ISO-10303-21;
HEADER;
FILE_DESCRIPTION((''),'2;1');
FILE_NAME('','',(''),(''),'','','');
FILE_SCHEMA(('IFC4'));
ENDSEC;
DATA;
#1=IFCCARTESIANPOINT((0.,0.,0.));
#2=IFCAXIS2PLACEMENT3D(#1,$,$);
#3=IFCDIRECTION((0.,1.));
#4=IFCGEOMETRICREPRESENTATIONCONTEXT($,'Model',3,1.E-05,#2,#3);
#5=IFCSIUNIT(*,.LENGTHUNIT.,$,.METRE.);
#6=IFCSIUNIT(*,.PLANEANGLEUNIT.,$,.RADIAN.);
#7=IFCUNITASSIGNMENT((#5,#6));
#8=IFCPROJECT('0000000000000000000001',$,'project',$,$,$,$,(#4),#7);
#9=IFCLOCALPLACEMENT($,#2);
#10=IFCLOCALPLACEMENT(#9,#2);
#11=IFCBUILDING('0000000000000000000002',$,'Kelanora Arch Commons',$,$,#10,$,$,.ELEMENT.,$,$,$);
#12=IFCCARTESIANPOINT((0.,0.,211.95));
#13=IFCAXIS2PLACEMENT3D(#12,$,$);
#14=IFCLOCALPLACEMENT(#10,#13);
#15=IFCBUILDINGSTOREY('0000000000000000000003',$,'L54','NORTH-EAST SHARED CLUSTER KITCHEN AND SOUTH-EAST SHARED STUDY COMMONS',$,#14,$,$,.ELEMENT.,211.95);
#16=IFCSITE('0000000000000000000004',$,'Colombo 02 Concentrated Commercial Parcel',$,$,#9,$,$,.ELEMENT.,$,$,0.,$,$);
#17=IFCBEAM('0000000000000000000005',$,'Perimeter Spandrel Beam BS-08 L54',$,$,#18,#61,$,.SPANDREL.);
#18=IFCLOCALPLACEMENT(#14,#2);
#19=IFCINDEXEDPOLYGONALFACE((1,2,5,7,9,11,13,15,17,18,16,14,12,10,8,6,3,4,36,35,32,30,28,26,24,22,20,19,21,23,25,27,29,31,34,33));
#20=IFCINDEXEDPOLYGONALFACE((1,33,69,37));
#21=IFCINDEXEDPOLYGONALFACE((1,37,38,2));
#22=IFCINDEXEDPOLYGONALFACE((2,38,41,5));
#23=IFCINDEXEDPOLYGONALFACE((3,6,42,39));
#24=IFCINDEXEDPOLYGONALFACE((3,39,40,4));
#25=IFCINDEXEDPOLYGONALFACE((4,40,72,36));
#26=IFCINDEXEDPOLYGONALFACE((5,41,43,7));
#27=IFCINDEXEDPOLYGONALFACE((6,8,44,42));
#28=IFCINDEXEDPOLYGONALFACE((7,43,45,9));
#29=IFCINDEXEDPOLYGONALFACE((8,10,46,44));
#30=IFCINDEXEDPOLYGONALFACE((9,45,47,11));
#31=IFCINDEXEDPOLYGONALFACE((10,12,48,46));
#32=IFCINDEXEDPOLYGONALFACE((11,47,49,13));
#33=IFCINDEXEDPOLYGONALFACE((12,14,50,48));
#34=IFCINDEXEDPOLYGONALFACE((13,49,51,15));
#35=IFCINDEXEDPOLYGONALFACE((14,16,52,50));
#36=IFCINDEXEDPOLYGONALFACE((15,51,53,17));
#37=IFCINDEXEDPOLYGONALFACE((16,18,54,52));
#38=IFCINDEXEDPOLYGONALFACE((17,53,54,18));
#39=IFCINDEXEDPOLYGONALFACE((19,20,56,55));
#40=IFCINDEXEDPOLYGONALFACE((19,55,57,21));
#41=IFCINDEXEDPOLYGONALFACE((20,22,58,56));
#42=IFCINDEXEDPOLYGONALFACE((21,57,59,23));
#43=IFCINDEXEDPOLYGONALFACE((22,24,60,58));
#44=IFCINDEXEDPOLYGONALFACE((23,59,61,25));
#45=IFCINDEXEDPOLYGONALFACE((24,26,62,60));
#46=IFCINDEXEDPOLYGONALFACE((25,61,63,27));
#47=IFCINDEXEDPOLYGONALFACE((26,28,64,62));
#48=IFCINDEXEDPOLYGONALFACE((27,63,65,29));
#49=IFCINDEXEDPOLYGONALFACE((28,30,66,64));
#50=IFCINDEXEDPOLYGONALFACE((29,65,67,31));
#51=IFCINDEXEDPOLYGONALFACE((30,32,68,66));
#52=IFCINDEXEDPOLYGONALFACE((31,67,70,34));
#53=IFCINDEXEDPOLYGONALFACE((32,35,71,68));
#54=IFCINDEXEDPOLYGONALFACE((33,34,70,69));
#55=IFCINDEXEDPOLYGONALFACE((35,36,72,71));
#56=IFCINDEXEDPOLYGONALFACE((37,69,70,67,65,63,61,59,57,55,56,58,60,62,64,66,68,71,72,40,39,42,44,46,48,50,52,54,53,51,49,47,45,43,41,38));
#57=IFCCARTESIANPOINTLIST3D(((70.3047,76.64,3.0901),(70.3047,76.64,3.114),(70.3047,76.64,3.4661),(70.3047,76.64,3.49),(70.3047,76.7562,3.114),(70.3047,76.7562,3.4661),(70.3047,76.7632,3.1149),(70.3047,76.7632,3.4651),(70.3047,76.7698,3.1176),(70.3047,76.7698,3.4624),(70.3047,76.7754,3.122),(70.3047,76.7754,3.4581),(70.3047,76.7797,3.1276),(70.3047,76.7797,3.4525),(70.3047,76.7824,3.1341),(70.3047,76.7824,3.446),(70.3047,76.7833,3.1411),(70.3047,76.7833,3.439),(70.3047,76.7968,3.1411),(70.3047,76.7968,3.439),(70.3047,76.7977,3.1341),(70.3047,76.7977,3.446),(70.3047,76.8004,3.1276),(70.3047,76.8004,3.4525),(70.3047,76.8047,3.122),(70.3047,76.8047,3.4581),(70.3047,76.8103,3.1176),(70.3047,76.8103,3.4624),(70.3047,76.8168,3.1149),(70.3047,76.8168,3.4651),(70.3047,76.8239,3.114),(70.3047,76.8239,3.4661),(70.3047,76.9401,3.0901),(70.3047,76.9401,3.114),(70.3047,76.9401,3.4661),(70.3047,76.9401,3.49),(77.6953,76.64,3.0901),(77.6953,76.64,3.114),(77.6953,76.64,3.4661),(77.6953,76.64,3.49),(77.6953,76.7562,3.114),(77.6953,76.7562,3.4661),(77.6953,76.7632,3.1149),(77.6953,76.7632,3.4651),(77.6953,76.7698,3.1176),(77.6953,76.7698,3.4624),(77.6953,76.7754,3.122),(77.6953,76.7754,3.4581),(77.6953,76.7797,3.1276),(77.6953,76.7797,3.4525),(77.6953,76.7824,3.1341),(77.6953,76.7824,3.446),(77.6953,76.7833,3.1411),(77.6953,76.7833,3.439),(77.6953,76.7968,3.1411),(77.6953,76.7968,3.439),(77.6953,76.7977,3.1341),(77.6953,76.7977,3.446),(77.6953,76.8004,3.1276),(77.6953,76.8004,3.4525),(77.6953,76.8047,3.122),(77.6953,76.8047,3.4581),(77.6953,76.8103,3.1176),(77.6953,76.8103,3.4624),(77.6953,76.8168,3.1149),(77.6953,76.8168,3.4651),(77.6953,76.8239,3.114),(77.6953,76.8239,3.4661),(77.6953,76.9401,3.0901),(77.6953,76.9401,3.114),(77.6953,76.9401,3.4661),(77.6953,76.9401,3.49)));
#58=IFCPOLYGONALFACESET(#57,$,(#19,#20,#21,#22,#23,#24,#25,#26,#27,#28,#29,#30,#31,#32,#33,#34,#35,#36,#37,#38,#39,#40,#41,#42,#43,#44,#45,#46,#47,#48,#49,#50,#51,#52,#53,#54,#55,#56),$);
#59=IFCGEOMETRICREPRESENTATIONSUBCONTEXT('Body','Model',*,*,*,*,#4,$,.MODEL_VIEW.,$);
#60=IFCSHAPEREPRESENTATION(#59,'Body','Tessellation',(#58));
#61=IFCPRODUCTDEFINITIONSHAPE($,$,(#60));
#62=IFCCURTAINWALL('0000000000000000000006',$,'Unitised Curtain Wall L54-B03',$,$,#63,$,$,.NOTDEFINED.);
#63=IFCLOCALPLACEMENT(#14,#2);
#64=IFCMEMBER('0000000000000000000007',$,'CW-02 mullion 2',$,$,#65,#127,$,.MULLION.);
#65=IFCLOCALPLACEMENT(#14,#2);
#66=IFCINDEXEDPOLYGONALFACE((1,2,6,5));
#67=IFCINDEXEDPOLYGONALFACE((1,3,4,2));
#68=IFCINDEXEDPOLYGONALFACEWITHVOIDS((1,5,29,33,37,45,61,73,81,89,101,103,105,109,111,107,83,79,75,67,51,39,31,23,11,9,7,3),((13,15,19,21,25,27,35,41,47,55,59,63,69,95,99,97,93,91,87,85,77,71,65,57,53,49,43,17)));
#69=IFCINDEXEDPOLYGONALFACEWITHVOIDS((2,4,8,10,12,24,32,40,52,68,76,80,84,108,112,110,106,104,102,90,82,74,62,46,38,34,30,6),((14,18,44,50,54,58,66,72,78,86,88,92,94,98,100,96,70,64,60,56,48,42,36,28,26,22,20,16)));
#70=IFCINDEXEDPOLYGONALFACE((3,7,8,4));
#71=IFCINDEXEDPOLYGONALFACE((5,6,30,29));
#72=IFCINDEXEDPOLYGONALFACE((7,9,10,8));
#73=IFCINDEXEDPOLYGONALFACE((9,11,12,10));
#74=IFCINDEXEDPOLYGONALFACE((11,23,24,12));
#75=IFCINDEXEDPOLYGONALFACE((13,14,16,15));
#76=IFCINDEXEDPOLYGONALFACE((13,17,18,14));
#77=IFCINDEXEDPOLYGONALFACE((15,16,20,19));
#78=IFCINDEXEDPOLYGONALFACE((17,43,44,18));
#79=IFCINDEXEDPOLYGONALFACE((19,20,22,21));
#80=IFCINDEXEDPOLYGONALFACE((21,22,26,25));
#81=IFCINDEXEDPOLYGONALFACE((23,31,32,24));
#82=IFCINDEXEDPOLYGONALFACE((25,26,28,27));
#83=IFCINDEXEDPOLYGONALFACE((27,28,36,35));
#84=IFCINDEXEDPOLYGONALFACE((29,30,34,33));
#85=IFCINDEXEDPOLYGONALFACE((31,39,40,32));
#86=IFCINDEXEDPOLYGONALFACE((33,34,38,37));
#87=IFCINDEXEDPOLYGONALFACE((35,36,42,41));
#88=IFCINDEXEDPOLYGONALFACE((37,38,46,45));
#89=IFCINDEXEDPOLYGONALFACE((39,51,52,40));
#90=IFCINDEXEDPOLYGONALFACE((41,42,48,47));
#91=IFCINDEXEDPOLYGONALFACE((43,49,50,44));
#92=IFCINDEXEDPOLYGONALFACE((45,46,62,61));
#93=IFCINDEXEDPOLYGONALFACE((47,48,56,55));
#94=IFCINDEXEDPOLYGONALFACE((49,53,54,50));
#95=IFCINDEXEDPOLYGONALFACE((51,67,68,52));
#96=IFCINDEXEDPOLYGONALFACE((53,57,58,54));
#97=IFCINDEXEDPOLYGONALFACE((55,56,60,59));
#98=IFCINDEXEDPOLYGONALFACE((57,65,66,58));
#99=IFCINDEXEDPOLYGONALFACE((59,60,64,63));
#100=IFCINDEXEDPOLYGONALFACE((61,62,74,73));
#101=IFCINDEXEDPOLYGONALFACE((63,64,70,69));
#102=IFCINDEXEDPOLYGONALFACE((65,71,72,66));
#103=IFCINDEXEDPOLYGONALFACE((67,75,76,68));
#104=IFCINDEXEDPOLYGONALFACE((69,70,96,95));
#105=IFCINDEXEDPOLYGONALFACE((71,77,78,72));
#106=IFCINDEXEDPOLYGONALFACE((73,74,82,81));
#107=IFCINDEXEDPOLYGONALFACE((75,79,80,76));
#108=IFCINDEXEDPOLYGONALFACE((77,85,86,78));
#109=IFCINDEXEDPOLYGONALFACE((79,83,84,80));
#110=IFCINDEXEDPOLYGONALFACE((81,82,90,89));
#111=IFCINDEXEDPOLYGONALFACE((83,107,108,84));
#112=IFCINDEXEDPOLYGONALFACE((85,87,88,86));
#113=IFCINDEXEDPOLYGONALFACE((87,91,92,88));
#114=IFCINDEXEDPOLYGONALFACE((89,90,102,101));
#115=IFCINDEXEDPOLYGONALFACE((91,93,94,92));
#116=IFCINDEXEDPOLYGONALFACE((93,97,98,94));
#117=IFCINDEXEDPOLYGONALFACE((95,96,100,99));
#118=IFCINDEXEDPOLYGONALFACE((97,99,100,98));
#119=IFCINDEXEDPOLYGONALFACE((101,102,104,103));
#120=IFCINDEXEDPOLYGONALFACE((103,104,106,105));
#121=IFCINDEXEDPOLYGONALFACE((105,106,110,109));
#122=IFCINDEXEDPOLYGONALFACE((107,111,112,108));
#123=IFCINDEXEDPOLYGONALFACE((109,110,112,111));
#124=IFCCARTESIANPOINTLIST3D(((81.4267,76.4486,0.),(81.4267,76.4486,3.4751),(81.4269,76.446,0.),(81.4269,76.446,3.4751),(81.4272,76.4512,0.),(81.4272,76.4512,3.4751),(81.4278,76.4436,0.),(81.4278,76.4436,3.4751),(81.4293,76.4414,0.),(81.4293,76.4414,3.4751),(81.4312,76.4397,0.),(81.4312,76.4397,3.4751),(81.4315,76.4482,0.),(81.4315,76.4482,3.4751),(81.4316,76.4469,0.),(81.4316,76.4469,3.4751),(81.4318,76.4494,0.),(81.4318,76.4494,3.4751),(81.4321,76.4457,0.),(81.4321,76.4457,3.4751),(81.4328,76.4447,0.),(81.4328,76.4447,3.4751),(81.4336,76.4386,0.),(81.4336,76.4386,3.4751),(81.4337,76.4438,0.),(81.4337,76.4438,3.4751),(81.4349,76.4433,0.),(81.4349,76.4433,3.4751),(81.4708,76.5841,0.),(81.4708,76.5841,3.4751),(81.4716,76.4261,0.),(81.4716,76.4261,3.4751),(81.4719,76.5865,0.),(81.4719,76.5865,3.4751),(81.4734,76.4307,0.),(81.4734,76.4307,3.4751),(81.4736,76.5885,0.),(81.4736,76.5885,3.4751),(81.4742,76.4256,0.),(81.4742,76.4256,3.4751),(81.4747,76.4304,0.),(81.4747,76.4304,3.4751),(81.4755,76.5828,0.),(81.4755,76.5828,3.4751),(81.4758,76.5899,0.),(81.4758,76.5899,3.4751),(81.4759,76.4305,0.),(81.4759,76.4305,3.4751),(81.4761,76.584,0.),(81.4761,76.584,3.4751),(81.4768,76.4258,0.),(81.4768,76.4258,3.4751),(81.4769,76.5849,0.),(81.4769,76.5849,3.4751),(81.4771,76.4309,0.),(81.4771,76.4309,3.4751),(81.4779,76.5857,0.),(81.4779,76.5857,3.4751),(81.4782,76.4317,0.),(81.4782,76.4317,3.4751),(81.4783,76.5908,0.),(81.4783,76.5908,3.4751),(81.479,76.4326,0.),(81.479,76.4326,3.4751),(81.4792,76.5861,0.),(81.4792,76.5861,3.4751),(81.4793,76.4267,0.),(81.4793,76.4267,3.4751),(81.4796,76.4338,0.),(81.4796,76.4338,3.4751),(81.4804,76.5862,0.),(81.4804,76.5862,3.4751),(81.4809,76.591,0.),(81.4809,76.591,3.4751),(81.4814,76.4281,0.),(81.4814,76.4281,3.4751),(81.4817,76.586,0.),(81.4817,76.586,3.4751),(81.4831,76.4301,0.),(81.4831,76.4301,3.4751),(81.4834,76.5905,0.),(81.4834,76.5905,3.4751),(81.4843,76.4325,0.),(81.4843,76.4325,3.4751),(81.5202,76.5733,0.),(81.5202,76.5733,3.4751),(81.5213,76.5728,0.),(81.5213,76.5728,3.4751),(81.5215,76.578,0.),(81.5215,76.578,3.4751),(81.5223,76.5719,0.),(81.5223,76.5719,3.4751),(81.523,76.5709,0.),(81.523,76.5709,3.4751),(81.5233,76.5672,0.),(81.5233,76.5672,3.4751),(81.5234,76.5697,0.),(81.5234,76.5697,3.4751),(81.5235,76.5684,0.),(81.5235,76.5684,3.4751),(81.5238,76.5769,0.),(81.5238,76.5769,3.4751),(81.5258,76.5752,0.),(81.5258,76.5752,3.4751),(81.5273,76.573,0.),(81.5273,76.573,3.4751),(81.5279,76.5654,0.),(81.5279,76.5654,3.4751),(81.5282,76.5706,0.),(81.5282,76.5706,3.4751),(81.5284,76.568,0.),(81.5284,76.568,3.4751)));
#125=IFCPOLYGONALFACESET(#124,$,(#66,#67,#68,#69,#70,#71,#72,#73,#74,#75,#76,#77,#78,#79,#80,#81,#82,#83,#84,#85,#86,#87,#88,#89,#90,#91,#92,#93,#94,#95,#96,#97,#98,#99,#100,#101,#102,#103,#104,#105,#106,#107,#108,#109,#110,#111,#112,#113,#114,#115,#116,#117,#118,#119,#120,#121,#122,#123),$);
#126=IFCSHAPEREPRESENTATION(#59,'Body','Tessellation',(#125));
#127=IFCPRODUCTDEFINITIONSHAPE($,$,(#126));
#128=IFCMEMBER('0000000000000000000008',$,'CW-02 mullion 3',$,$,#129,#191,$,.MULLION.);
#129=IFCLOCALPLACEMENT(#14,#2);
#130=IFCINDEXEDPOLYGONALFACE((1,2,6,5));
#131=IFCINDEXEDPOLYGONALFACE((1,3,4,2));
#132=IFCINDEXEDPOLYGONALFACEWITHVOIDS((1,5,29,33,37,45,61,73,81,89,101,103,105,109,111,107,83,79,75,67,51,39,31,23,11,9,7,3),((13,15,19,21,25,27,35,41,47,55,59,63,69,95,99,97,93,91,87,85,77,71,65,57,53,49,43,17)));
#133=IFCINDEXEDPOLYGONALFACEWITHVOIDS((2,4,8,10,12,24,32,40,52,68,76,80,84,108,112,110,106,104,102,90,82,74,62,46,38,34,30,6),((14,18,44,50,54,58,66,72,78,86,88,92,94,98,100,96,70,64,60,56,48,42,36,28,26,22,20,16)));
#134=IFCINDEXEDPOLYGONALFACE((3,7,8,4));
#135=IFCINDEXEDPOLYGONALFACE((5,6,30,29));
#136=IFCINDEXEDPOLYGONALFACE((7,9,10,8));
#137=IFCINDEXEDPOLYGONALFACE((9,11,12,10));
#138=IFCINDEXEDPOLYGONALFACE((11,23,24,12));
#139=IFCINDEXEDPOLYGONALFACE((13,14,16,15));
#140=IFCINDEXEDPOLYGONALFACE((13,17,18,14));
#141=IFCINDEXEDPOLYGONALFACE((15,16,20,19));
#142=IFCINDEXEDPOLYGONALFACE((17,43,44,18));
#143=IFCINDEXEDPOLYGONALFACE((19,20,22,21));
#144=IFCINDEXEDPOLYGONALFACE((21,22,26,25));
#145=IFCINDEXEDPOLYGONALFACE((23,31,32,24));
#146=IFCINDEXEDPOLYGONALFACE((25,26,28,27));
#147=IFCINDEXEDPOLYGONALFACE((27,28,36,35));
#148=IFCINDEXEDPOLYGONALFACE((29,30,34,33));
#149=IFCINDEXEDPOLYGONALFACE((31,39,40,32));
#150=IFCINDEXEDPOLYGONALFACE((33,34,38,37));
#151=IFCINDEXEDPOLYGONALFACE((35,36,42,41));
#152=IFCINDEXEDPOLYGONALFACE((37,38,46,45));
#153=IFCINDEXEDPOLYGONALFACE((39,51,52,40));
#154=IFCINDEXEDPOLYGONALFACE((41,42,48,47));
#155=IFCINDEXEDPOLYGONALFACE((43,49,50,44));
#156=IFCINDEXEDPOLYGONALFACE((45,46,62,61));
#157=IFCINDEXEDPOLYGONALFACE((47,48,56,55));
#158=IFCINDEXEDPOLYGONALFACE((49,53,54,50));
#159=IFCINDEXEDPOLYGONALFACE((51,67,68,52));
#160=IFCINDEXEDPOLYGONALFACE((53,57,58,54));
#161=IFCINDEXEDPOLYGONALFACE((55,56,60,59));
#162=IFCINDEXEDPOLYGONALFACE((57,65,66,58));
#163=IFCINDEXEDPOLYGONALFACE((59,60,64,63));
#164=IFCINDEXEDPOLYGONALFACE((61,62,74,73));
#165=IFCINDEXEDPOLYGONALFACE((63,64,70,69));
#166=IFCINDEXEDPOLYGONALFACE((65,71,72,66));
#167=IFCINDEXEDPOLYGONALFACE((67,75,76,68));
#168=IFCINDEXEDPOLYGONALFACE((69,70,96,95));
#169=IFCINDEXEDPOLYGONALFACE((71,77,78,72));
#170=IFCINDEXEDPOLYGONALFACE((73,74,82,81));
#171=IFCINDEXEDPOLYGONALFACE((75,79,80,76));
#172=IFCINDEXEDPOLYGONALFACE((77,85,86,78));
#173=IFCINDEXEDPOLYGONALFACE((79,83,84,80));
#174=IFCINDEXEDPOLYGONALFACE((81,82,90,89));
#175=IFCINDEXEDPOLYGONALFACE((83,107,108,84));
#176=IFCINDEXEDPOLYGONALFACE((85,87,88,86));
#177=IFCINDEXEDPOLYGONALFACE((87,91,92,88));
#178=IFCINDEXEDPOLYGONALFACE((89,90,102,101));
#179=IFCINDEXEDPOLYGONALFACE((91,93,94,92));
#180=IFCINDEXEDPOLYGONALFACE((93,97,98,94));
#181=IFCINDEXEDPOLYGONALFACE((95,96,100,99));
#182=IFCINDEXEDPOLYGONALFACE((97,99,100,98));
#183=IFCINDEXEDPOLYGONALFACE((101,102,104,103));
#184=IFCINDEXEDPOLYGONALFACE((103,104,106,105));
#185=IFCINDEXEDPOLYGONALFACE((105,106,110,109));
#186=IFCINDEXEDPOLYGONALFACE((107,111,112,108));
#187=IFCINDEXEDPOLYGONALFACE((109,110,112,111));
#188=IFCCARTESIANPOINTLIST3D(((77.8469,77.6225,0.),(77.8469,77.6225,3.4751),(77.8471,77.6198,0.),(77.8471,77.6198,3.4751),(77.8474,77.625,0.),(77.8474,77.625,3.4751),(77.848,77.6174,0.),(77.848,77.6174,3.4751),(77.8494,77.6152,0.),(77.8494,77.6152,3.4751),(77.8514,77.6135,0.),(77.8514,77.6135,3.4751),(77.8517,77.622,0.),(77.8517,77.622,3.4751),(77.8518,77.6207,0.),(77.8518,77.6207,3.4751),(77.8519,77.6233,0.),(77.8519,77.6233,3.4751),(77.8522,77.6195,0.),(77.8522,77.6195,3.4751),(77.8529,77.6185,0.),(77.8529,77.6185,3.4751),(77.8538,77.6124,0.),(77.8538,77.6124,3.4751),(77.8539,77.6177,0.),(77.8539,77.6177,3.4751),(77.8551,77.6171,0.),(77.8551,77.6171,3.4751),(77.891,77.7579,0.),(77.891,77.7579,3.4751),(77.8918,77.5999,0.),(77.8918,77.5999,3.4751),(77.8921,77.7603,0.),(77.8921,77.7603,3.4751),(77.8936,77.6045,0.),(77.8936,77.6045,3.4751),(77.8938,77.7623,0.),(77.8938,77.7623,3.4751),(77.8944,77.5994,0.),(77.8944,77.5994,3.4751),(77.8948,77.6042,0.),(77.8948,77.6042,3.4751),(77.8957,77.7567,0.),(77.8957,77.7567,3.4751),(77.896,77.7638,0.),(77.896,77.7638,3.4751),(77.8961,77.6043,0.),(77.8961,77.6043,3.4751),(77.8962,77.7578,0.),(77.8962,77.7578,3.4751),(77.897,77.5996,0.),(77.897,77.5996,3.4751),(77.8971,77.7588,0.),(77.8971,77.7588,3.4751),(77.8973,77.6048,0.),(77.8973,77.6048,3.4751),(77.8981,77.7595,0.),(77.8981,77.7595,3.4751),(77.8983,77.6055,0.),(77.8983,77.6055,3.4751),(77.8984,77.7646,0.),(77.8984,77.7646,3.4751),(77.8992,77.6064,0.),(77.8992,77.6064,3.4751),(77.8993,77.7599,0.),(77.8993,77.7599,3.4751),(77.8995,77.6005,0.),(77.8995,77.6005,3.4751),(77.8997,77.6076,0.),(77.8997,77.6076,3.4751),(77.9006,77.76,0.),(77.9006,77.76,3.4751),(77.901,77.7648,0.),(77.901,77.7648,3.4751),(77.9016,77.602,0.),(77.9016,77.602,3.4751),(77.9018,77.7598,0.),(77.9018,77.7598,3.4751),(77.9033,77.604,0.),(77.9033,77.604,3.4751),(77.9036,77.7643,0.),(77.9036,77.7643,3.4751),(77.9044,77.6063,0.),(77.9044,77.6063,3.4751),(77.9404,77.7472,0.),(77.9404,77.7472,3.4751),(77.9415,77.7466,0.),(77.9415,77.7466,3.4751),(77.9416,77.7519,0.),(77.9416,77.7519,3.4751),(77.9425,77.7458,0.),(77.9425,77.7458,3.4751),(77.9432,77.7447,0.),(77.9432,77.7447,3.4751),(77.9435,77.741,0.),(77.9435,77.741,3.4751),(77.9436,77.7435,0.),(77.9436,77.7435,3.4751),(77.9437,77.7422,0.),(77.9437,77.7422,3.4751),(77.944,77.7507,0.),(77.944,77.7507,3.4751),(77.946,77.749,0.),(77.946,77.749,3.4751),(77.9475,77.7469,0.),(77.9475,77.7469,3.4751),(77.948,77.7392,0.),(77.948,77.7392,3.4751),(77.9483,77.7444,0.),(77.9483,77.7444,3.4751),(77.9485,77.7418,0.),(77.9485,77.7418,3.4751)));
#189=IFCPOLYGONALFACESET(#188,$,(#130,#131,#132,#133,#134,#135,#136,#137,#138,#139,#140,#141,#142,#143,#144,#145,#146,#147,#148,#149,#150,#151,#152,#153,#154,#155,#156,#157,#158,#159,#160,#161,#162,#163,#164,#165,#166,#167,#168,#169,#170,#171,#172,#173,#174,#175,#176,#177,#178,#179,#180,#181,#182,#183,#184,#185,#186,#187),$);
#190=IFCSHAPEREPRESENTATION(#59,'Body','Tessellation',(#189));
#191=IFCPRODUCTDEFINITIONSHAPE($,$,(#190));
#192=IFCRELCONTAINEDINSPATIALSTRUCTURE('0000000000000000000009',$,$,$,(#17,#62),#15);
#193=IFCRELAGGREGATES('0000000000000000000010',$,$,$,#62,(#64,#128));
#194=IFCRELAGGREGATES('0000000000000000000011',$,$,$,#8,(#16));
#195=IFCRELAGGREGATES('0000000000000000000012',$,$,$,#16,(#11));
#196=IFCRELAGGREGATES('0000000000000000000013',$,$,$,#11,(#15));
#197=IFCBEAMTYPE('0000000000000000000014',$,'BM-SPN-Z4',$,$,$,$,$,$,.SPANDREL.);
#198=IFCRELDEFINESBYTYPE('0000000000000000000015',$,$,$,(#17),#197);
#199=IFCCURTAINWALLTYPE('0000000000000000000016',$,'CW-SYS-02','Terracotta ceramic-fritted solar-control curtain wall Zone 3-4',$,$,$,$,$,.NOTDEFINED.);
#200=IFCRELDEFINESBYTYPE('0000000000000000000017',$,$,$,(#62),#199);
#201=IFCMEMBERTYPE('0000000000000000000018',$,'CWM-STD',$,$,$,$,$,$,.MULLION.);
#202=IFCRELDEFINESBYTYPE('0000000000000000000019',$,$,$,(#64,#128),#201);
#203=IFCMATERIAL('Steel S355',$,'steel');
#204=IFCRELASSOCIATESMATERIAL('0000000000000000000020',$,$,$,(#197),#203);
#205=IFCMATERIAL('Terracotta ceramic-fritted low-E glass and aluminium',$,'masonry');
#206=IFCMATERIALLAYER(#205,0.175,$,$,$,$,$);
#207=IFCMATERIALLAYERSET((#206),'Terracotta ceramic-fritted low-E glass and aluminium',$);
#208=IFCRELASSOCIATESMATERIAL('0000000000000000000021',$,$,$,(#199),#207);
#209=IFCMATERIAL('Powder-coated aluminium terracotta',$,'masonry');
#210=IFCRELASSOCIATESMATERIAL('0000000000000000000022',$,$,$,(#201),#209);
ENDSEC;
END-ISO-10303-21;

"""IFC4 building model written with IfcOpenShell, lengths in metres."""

from ifc_helpers import new_model, si_unit, direction, frame, origin, origin_2d, place, context, subcontext, project, spatial, hollow_rectangle, i_section, extrude, material, layer, layer_set, material_profile, profile_set, type_object, element, aggregate, save


model = new_model("IFC4")

# Units and contexts
model_context = context("Model", 3, precision=1e-05, world=origin(), true_north=direction((0.0, 1.0)))
body_context = subcontext(model_context, "Body", "Model", "MODEL_VIEW")
ifc_project = project(units=[si_unit("LENGTHUNIT", "METRE"), si_unit("PLANEANGLEUNIT", "RADIAN")], contexts=[model_context])

# Site, building, storey
site_placement = place(None, origin())
site = spatial("IfcSite", under=ifc_project, at=site_placement, Name="Colombo 02 Concentrated Commercial Parcel", CompositionType="ELEMENT", RefElevation=0.0)
building_placement = place(site_placement, origin())
building = spatial("IfcBuilding", under=site, at=building_placement, Name="Kelanora Arch Commons", CompositionType="ELEMENT")
storey_placement = place(building_placement, frame((0.0, 0.0, 211.95)))
storey = spatial("IfcBuildingStorey", under=building, at=storey_placement, Name="L54", Description="NORTH-EAST SHARED CLUSTER KITCHEN AND SOUTH-EAST SHARED STUDY COMMONS", CompositionType="ELEMENT", Elevation=211.95)

# Beam
ifc_material_1 = material(Name="Steel S355", Category="steel")
ifc_material_profile_1 = material_profile(ifc_material_1, i_section(OverallWidth=0.3, OverallDepth=0.3999, WebThickness=0.0134, FlangeThickness=0.0239, FilletRadius=0.0271, at=origin_2d()), Name="HEB400")
ifc_profile_set_1 = profile_set([ifc_material_profile_1], Name="Steel S355")
beam_type_1 = type_object("IfcBeamType", Name="BM-SPN-Z4", PredefinedType="SPANDREL", material=ifc_profile_set_1)
beam_1_placement = place(storey_placement, frame((77.6953, 76.79, 3.29), z_axis=(-1.0, 0.0, 0.0), x_axis=(0.0, -1.0, 0.0)))
element("IfcBeam", 1, at=beam_1_placement, inside=storey, type_object=beam_type_1, Name="Perimeter Spandrel Beam BS-08 L54", PredefinedType="SPANDREL", context=body_context, shape_type="SweptSolid", body=[
    extrude(i_section(OverallWidth=0.3, OverallDepth=0.3999, WebThickness=0.0134, FlangeThickness=0.0239, FilletRadius=0.0271, at=origin_2d()), origin(), (0.0, 0.0, 1.0), 7.3906),
])

# Curtain wall, members
ifc_material_2 = material(Name="Terracotta ceramic-fritted low-E glass and aluminium", Category="masonry")
ifc_layer_1 = layer(ifc_material_2, 0.175)
ifc_layer_set_1 = layer_set([ifc_layer_1], Name="Terracotta ceramic-fritted low-E glass and aluminium")
curtain_wall_type = type_object("IfcCurtainWallType", Name="CW-SYS-02", Description="Terracotta ceramic-fritted solar-control curtain wall Zone 3-4", PredefinedType="NOTDEFINED", material=ifc_layer_set_1)
curtain_wall_placement = place(storey_placement, origin())
curtain_wall = element("IfcCurtainWall", 2, at=curtain_wall_placement, inside=storey, type_object=curtain_wall_type, Name="Unitised Curtain Wall L54-B03", PredefinedType="NOTDEFINED")
ifc_material_3 = material(Name="Powder-coated aluminium terracotta", Category="masonry")
ifc_material_profile_2 = material_profile(ifc_material_3, hollow_rectangle(XDim=0.1599, YDim=0.0601, WallThickness=0.0049, InnerFilletRadius=0.0049, OuterFilletRadius=0.01, at=origin_2d()), Name="CWM160x60")
ifc_profile_set_2 = profile_set([ifc_material_profile_2], Name="Powder-coated aluminium terracotta")
member_type_1 = type_object("IfcMemberType", Name="CWM-STD", PredefinedType="MULLION", material=ifc_profile_set_2)
member_1_placement = place(storey_placement, frame((81.4775, 76.5083, 0.0), z_axis=(0.0, 0.0, 1.0), x_axis=(-0.311582, -0.950219, 0.0)))
member_1 = element("IfcMember", 3, at=member_1_placement, type_object=member_type_1, Name="CW-02 mullion 2", PredefinedType="MULLION", context=body_context, shape_type="SweptSolid", body=[
    extrude(hollow_rectangle(XDim=0.1599, YDim=0.0601, WallThickness=0.0049, InnerFilletRadius=0.0049, OuterFilletRadius=0.01, at=origin_2d()), origin(), (0.0, 0.0, 1.0), 3.4751),
])
member_2_placement = place(storey_placement, frame((77.8977, 77.6821, 0.0), z_axis=(0.0, 0.0, 1.0), x_axis=(-0.311582, -0.950219, 0.0)))
member_2 = element("IfcMember", 4, at=member_2_placement, type_object=member_type_1, Name="CW-02 mullion 3", PredefinedType="MULLION", context=body_context, shape_type="SweptSolid", body=[
    extrude(hollow_rectangle(XDim=0.1599, YDim=0.0601, WallThickness=0.0049, InnerFilletRadius=0.0049, OuterFilletRadius=0.01, at=origin_2d()), origin(), (0.0, 0.0, 1.0), 3.4751),
])
aggregate(curtain_wall, [member_1, member_2])

save(model, "model.ifc")
